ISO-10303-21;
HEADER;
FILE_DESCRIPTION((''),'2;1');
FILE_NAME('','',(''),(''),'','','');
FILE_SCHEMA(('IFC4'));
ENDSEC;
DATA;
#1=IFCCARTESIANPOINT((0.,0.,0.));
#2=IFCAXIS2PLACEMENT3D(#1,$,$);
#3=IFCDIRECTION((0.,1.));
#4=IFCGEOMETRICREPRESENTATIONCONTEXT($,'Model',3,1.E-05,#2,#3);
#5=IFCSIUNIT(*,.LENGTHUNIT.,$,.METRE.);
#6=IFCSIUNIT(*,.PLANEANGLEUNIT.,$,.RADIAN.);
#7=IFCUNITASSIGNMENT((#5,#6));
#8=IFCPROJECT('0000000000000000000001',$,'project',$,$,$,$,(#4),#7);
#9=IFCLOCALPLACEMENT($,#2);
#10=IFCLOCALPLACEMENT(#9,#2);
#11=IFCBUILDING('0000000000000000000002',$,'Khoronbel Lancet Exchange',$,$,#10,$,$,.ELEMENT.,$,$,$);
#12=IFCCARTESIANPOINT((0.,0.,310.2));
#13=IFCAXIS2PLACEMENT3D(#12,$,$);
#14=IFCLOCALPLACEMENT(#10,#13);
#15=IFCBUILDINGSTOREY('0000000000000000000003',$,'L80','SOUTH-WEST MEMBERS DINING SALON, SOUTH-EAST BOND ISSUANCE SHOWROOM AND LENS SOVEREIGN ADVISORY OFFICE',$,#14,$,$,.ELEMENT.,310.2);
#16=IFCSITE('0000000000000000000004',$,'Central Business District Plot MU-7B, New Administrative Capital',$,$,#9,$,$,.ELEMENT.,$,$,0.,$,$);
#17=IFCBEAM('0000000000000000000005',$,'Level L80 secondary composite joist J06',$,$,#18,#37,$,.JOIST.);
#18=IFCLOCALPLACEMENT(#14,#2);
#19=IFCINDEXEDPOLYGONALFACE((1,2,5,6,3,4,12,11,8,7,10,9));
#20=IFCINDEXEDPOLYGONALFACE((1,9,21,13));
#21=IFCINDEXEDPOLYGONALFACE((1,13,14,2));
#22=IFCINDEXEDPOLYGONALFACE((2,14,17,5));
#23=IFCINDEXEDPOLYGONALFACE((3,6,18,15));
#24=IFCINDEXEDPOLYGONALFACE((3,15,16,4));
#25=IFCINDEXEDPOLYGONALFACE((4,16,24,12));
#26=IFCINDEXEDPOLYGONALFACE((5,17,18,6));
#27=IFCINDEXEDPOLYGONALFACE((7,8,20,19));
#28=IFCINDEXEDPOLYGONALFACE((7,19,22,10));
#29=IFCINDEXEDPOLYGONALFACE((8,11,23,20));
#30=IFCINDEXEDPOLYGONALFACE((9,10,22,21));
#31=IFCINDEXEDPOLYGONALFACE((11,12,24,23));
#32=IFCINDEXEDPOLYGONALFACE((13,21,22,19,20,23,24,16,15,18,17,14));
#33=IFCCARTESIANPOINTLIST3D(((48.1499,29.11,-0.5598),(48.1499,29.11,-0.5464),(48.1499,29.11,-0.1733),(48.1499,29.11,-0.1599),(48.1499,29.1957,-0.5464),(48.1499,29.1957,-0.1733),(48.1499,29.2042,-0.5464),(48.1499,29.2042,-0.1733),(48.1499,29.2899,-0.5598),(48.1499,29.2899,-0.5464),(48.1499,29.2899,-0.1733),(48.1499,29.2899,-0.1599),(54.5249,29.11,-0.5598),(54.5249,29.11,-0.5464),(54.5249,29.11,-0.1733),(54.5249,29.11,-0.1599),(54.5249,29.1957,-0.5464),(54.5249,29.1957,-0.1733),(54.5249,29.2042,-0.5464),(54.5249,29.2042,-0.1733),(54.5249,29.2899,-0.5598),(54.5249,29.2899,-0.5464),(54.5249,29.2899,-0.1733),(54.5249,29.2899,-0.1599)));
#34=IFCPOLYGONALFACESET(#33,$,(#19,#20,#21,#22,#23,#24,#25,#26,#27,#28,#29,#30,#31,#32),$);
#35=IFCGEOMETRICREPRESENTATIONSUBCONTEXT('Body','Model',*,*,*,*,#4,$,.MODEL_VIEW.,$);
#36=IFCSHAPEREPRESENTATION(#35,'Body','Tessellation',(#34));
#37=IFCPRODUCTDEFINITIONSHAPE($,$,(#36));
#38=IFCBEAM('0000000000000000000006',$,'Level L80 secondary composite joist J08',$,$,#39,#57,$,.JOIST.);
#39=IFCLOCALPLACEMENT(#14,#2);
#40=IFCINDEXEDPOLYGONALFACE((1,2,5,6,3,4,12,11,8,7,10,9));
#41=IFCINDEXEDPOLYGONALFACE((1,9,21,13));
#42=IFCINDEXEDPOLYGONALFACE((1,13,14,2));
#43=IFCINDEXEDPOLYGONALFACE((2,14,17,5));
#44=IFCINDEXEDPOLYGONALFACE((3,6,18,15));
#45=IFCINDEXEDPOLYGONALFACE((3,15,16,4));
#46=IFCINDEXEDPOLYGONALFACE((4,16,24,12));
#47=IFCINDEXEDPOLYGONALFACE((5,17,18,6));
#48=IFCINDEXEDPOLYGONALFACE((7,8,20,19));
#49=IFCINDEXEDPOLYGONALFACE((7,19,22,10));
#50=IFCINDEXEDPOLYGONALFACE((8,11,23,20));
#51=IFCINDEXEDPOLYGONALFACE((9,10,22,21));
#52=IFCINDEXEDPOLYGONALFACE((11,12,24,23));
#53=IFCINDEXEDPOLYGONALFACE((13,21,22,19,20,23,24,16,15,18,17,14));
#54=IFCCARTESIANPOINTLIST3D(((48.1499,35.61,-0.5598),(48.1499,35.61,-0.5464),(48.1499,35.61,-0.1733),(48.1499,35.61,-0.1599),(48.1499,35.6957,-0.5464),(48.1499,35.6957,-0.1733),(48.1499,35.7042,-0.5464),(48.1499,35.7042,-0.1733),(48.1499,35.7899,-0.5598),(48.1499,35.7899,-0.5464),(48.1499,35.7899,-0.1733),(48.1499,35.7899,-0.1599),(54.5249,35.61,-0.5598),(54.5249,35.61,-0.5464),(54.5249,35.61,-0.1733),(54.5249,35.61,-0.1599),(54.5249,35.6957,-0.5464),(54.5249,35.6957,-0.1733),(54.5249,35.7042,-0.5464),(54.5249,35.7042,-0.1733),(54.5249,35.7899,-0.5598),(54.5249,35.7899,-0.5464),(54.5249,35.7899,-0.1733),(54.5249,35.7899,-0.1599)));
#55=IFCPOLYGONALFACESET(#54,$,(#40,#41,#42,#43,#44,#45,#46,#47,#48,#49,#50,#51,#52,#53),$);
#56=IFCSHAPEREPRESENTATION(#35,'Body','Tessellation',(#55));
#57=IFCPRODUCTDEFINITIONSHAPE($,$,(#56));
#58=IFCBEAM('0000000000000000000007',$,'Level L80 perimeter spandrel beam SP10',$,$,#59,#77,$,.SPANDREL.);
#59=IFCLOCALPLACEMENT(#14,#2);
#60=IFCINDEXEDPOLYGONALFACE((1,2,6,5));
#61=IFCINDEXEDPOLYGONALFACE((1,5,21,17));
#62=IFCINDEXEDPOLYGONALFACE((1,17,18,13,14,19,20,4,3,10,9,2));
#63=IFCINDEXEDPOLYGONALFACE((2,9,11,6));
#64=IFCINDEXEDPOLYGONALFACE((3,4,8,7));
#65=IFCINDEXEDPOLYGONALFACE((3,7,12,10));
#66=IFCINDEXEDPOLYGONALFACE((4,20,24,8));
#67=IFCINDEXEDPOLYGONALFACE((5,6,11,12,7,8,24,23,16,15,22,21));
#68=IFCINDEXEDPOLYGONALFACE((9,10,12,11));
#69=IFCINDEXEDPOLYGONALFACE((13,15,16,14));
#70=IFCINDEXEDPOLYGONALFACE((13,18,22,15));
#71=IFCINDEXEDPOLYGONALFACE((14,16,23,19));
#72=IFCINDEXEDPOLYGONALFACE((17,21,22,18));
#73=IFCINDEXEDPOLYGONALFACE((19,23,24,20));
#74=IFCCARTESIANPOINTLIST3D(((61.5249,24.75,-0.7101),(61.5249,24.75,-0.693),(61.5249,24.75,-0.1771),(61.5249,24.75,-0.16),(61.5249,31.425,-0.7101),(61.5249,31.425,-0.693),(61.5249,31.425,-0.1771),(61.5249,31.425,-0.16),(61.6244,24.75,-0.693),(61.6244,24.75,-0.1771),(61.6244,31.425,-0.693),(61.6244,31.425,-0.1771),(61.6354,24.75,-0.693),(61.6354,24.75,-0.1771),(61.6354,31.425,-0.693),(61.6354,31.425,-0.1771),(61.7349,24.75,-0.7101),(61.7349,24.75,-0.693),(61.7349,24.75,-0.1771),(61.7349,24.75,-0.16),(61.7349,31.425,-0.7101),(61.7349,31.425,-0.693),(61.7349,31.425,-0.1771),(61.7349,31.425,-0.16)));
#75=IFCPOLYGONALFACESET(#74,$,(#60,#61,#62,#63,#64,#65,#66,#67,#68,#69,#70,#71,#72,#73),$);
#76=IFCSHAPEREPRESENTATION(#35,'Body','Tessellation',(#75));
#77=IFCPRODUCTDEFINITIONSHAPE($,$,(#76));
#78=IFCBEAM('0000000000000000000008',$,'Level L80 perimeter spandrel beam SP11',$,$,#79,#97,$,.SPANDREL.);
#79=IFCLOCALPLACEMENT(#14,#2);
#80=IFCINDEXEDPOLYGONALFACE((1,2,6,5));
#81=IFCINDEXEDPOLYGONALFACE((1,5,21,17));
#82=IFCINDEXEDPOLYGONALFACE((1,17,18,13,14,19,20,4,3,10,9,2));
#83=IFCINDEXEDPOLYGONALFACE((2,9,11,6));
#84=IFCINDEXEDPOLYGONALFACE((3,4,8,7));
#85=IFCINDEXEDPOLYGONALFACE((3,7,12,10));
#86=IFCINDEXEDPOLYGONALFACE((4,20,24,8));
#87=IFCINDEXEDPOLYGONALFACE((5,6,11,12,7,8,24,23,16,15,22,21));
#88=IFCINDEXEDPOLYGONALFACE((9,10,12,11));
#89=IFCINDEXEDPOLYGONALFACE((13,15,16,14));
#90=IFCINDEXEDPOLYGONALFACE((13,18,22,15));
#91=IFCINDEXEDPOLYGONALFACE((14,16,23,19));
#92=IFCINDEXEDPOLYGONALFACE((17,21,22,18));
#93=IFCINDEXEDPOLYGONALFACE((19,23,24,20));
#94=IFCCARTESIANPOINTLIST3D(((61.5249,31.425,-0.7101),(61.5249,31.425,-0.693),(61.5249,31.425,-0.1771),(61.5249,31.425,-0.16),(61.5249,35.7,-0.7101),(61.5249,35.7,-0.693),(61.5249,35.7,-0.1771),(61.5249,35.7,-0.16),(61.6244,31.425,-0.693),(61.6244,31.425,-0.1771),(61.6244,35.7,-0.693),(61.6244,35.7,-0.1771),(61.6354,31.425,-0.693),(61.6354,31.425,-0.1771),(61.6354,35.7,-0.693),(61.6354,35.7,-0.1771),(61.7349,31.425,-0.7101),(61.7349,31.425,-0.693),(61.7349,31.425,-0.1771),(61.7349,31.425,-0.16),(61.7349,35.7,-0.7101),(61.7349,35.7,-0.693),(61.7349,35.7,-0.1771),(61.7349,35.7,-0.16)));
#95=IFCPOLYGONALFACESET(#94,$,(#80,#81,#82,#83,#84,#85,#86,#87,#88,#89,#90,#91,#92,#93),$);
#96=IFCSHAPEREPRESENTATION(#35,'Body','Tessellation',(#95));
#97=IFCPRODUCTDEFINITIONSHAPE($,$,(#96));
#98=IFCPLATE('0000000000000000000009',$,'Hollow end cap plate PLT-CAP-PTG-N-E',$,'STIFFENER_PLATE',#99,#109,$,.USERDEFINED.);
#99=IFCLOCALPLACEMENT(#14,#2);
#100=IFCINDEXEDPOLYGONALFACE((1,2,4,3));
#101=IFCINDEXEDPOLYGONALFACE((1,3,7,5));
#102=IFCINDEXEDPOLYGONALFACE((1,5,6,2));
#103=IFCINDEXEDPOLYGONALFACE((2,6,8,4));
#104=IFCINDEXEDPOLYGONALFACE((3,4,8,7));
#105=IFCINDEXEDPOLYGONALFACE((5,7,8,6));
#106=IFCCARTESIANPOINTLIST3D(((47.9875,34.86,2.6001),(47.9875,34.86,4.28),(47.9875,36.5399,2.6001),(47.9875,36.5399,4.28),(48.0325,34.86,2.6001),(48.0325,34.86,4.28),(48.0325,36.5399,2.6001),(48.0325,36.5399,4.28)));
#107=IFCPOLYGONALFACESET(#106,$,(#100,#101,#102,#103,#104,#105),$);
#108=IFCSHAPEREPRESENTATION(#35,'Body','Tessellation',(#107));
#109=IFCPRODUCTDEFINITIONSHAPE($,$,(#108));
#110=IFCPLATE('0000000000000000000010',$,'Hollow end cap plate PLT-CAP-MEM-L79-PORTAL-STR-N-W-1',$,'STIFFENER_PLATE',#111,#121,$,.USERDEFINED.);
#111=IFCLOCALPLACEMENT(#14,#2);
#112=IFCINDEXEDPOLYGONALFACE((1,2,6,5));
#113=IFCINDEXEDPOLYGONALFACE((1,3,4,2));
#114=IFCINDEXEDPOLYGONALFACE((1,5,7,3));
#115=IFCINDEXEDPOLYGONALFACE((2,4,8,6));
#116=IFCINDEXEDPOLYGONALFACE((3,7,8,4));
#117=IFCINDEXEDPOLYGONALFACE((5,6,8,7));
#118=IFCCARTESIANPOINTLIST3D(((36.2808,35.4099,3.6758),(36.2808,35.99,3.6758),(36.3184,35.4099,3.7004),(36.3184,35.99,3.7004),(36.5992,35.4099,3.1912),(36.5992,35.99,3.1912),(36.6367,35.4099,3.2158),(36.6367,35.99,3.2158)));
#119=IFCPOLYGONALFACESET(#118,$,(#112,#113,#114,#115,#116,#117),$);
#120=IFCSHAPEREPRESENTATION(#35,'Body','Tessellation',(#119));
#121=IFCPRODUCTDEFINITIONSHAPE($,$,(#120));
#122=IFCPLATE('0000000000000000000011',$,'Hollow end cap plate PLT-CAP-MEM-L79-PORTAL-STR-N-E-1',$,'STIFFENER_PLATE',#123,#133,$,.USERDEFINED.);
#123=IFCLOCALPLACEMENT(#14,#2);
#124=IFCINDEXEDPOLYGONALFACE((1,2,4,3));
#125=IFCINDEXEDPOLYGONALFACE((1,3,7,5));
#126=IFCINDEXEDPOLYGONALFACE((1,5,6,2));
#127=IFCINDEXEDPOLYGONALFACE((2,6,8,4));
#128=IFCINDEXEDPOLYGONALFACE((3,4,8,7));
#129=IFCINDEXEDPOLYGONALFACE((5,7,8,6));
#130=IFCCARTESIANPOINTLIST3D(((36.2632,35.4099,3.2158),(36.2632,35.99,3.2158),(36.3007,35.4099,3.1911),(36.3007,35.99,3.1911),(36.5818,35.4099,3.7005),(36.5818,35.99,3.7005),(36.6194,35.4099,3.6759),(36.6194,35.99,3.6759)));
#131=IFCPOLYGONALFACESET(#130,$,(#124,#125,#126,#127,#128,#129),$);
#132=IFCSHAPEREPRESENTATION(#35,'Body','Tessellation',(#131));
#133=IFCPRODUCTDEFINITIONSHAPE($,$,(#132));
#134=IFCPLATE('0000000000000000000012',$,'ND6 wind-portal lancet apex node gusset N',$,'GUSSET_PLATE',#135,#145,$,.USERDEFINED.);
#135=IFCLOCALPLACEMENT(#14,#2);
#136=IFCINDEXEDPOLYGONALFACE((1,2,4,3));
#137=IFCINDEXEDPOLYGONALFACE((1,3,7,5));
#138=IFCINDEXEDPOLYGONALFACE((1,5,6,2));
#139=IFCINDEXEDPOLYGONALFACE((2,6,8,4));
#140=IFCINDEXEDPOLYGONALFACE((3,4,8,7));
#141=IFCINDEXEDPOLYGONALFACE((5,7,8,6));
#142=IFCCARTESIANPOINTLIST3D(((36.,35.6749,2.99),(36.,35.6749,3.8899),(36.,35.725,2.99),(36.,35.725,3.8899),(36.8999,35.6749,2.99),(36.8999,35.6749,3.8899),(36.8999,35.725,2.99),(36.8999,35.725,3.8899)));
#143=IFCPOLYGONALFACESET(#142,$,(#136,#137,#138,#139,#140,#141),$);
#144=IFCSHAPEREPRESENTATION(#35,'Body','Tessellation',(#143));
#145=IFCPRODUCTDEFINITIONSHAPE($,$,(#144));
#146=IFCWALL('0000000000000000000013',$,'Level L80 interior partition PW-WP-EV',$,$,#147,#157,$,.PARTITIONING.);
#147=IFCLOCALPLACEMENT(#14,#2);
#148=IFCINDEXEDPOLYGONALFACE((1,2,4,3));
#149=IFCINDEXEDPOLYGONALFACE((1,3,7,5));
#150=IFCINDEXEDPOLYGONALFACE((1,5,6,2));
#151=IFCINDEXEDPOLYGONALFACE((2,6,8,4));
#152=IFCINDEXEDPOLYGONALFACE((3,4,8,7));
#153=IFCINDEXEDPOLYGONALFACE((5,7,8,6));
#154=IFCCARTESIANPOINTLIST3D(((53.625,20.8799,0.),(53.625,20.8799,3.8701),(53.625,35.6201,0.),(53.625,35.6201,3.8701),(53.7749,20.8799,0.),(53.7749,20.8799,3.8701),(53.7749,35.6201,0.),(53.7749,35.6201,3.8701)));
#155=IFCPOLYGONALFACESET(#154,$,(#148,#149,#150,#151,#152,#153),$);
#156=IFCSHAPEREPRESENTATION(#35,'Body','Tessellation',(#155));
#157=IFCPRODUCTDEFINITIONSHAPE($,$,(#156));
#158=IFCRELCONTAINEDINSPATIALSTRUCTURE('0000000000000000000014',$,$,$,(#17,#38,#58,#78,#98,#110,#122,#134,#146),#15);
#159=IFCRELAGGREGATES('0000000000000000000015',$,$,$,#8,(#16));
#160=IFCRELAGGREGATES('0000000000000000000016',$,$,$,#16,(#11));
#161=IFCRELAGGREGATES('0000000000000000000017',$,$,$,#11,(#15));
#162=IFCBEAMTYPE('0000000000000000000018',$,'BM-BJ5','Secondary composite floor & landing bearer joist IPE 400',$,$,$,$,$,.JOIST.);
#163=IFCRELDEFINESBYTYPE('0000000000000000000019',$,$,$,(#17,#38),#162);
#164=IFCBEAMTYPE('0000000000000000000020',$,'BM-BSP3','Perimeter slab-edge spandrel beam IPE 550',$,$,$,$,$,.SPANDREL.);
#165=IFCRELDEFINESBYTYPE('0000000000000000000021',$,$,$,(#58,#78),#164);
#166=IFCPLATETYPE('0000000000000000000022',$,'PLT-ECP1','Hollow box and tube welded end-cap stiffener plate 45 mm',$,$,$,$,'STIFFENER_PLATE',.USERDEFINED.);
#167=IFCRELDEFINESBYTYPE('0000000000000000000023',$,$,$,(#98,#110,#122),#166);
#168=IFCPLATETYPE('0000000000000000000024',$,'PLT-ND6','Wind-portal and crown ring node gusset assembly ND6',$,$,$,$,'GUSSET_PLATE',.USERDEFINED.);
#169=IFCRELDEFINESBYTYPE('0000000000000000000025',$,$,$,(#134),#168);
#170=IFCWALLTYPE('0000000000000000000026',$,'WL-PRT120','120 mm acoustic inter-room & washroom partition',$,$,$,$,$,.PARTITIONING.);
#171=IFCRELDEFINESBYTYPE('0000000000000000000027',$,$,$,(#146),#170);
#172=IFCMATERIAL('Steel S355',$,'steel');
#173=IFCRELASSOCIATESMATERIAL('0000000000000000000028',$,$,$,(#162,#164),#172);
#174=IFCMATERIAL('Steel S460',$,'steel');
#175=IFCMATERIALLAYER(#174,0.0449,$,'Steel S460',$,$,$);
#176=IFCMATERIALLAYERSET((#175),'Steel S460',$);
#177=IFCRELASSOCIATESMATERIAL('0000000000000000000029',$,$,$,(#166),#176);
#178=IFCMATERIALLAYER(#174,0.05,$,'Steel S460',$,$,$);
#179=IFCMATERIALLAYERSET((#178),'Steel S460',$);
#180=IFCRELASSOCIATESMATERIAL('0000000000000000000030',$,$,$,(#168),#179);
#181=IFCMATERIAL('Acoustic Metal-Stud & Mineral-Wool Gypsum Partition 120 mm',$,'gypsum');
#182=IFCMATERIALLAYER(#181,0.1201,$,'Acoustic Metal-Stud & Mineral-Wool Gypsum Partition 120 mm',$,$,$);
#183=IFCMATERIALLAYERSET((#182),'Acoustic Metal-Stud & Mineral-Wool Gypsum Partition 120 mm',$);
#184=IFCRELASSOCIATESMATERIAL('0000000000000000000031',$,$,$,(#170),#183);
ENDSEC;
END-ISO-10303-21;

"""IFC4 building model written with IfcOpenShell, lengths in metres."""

from ifc_helpers import new_model, si_unit, direction, frame, frame_2d, origin, origin_2d, place, context, subcontext, project, spatial, polyline, rectangle, i_section, outline, extrude, material, layer, layer_set, material_profile, profile_set, type_object, element, save


model = new_model("IFC4")

# Units and contexts
model_context = context("Model", 3, precision=1e-05, world=origin(), true_north=direction((0.0, 1.0)))
body_context = subcontext(model_context, "Body", "Model", "MODEL_VIEW")
ifc_project = project(units=[si_unit("LENGTHUNIT", "METRE"), si_unit("PLANEANGLEUNIT", "RADIAN")], contexts=[model_context])

# Site, building, storey
site_placement = place(None, origin())
site = spatial("IfcSite", under=ifc_project, at=site_placement, Name="Central Business District Plot MU-7B, New Administrative Capital", CompositionType="ELEMENT", RefElevation=0.0)
building_placement = place(site_placement, origin())
building = spatial("IfcBuilding", under=site, at=building_placement, Name="Khoronbel Lancet Exchange", CompositionType="ELEMENT")
storey_placement = place(building_placement, frame((0.0, 0.0, 310.2)))
storey = spatial("IfcBuildingStorey", under=building, at=storey_placement, Name="L80", Description="SOUTH-WEST MEMBERS DINING SALON, SOUTH-EAST BOND ISSUANCE SHOWROOM AND LENS SOVEREIGN ADVISORY OFFICE", CompositionType="ELEMENT", Elevation=310.2)

# Shared definitions
ifc_material_1 = material(Name="Steel S355", Category="steel")

# Beams
ifc_material_profile_1 = material_profile(ifc_material_1, i_section(OverallWidth=0.1799, OverallDepth=0.3999, WebThickness=0.0085, FlangeThickness=0.0134, at=origin_2d()), Name="IPE 400")
ifc_profile_set_1 = profile_set([ifc_material_profile_1], Name="Steel S355")
beam_type_1 = type_object("IfcBeamType", Name="BM-BJ5", Description="Secondary composite floor & landing bearer joist IPE 400", PredefinedType="JOIST", material=ifc_profile_set_1)
for number, where, z_axis, x_axis, name in (
    (1, (48.1499, 29.2, -0.3599), (1.0, 0.0, 0.0), (0.0, 1.0, 0.0), "Level L80 secondary composite joist J06"),
    (2, (48.1499, 35.7, -0.3599), (1.0, 0.0, 0.0), (0.0, 1.0, 0.0), "Level L80 secondary composite joist J08"),
):
    element("IfcBeam", number, at=place(storey_placement, frame(where, z_axis=z_axis, x_axis=x_axis)), inside=storey, type_object=beam_type_1, Name=name, PredefinedType="JOIST", context=body_context, shape_type="SweptSolid", body=[
        extrude(i_section(OverallWidth=0.1799, OverallDepth=0.3999, WebThickness=0.0085, FlangeThickness=0.0134, at=origin_2d()), origin(), (0.0, 0.0, 1.0), 6.375),
    ])
ifc_material_profile_2 = material_profile(ifc_material_1, i_section(OverallWidth=0.21, OverallDepth=0.55, WebThickness=0.011, FlangeThickness=0.0171, at=origin_2d()), Name="IPE 550")
ifc_profile_set_2 = profile_set([ifc_material_profile_2], Name="Steel S355")
beam_type_2 = type_object("IfcBeamType", Name="BM-BSP3", Description="Perimeter slab-edge spandrel beam IPE 550", PredefinedType="SPANDREL", material=ifc_profile_set_2)
beam_1_placement = place(storey_placement, frame((61.6299, 24.75, -0.4351), z_axis=(0.0, 1.0, 0.0), x_axis=(-1.0, 0.0, 0.0)))
element("IfcBeam", 3, at=beam_1_placement, inside=storey, type_object=beam_type_2, Name="Level L80 perimeter spandrel beam SP10", PredefinedType="SPANDREL", context=body_context, shape_type="SweptSolid", body=[
    extrude(i_section(OverallWidth=0.21, OverallDepth=0.55, WebThickness=0.011, FlangeThickness=0.0171, at=origin_2d()), origin(), (0.0, 0.0, 1.0), 6.675),
])
beam_2_placement = place(storey_placement, frame((61.6299, 31.425, -0.4351), z_axis=(0.0, 1.0, 0.0), x_axis=(-1.0, 0.0, 0.0)))
element("IfcBeam", 4, at=beam_2_placement, inside=storey, type_object=beam_type_2, Name="Level L80 perimeter spandrel beam SP11", PredefinedType="SPANDREL", context=body_context, shape_type="SweptSolid", body=[
    extrude(i_section(OverallWidth=0.21, OverallDepth=0.55, WebThickness=0.011, FlangeThickness=0.0171, at=origin_2d()), origin(), (0.0, 0.0, 1.0), 4.2749),
])

# Plates
ifc_material_2 = material(Name="Steel S460", Category="steel")
ifc_layer_1 = layer(ifc_material_2, 0.0449, Name="Steel S460")
ifc_layer_set_1 = layer_set([ifc_layer_1], Name="Steel S460")
plate_type_1 = type_object("IfcPlateType", Name="PLT-ECP1", Description="Hollow box and tube welded end-cap stiffener plate 45 mm", ElementType="STIFFENER_PLATE", PredefinedType="USERDEFINED", material=ifc_layer_set_1)
plate_1_placement = place(storey_placement, frame((48.01, 35.7, 2.6001), z_axis=(0.0, 0.0, 1.0), x_axis=(1.0, 0.0, 0.0)))
element("IfcPlate", 5, at=plate_1_placement, inside=storey, type_object=plate_type_1, Name="Hollow end cap plate PLT-CAP-PTG-N-E", ObjectType="STIFFENER_PLATE", PredefinedType="USERDEFINED", context=body_context, shape_type="SweptSolid", body=[
    extrude(rectangle(XDim=0.0449, YDim=1.6799, at=origin_2d()), origin(), (0.0, 0.0, 1.0), 1.6799),
])
plate_2_placement = place(storey_placement, frame((36.6367, 35.4099, 3.2158), z_axis=(0.835788, 0.0, 0.549052), x_axis=(0.0, 1.0, 0.0)))
element("IfcPlate", 6, at=plate_2_placement, inside=storey, type_object=plate_type_1, Name="Hollow end cap plate PLT-CAP-MEM-L79-PORTAL-STR-N-W-1", ObjectType="STIFFENER_PLATE", PredefinedType="USERDEFINED", context=body_context, shape_type="SweptSolid", body=[
    extrude(outline(polyline([(0.0, 0.0), (0.5801, 0.0), (0.5801, 0.5798), (0.0, 0.5798), (0.0, 0.0)])), origin(), (0.0, 0.0, -1.0), 0.0449),
])
plate_3_placement = place(storey_placement, frame((36.2632, 35.99, 3.2158), z_axis=(-0.835595, 0.0, 0.549346), x_axis=(0.0, -1.0, 0.0)))
element("IfcPlate", 7, at=plate_3_placement, inside=storey, type_object=plate_type_1, Name="Hollow end cap plate PLT-CAP-MEM-L79-PORTAL-STR-N-E-1", ObjectType="STIFFENER_PLATE", PredefinedType="USERDEFINED", context=body_context, shape_type="SweptSolid", body=[
    extrude(outline(polyline([(0.0, 0.0), (0.5801, 0.0), (0.5801, 0.5801), (0.0, 0.5801), (0.0, 0.0)])), origin(), (0.0, 0.0, -1.0), 0.0449),
])
ifc_layer_2 = layer(ifc_material_2, 0.05, Name="Steel S460")
ifc_layer_set_2 = layer_set([ifc_layer_2], Name="Steel S460")
plate_type_2 = type_object("IfcPlateType", Name="PLT-ND6", Description="Wind-portal and crown ring node gusset assembly ND6", ElementType="GUSSET_PLATE", PredefinedType="USERDEFINED", material=ifc_layer_set_2)
plate_4_placement = place(storey_placement, frame((36.45, 35.7, 2.99), z_axis=(0.0, 0.0, 1.0), x_axis=(1.0, 0.0, 0.0)))
element("IfcPlate", 8, at=plate_4_placement, inside=storey, type_object=plate_type_2, Name="ND6 wind-portal lancet apex node gusset N", ObjectType="GUSSET_PLATE", PredefinedType="USERDEFINED", context=body_context, shape_type="SweptSolid", body=[
    extrude(rectangle(XDim=0.8999, YDim=0.05, at=origin_2d()), origin(), (0.0, 0.0, 1.0), 0.8999),
])

# Wall
ifc_material_3 = material(Name="Acoustic Metal-Stud & Mineral-Wool Gypsum Partition 120 mm", Category="gypsum")
ifc_layer_3 = layer(ifc_material_3, 0.1201, Name="Acoustic Metal-Stud & Mineral-Wool Gypsum Partition 120 mm")
ifc_layer_set_3 = layer_set([ifc_layer_3], Name="Acoustic Metal-Stud & Mineral-Wool Gypsum Partition 120 mm")
wall_type_1 = type_object("IfcWallType", Name="WL-PRT120", Description="120 mm acoustic inter-room & washroom partition", PredefinedType="PARTITIONING", material=ifc_layer_set_3)
wall_1_placement = place(storey_placement, frame((53.7, 20.8799, 0.0), z_axis=(0.0, 0.0, 1.0), x_axis=(0.0, 1.0, 0.0)))
element("IfcWall", 9, at=wall_1_placement, inside=storey, type_object=wall_type_1, Name="Level L80 interior partition PW-WP-EV", PredefinedType="PARTITIONING", context=body_context, shape_type="SweptSolid", body=[
    extrude(rectangle(XDim=14.7402, YDim=0.1499, at=frame_2d((7.3701, 0.0))), origin(), (0.0, 0.0, 1.0), 3.8701),
])

save(model, "model.ifc")
